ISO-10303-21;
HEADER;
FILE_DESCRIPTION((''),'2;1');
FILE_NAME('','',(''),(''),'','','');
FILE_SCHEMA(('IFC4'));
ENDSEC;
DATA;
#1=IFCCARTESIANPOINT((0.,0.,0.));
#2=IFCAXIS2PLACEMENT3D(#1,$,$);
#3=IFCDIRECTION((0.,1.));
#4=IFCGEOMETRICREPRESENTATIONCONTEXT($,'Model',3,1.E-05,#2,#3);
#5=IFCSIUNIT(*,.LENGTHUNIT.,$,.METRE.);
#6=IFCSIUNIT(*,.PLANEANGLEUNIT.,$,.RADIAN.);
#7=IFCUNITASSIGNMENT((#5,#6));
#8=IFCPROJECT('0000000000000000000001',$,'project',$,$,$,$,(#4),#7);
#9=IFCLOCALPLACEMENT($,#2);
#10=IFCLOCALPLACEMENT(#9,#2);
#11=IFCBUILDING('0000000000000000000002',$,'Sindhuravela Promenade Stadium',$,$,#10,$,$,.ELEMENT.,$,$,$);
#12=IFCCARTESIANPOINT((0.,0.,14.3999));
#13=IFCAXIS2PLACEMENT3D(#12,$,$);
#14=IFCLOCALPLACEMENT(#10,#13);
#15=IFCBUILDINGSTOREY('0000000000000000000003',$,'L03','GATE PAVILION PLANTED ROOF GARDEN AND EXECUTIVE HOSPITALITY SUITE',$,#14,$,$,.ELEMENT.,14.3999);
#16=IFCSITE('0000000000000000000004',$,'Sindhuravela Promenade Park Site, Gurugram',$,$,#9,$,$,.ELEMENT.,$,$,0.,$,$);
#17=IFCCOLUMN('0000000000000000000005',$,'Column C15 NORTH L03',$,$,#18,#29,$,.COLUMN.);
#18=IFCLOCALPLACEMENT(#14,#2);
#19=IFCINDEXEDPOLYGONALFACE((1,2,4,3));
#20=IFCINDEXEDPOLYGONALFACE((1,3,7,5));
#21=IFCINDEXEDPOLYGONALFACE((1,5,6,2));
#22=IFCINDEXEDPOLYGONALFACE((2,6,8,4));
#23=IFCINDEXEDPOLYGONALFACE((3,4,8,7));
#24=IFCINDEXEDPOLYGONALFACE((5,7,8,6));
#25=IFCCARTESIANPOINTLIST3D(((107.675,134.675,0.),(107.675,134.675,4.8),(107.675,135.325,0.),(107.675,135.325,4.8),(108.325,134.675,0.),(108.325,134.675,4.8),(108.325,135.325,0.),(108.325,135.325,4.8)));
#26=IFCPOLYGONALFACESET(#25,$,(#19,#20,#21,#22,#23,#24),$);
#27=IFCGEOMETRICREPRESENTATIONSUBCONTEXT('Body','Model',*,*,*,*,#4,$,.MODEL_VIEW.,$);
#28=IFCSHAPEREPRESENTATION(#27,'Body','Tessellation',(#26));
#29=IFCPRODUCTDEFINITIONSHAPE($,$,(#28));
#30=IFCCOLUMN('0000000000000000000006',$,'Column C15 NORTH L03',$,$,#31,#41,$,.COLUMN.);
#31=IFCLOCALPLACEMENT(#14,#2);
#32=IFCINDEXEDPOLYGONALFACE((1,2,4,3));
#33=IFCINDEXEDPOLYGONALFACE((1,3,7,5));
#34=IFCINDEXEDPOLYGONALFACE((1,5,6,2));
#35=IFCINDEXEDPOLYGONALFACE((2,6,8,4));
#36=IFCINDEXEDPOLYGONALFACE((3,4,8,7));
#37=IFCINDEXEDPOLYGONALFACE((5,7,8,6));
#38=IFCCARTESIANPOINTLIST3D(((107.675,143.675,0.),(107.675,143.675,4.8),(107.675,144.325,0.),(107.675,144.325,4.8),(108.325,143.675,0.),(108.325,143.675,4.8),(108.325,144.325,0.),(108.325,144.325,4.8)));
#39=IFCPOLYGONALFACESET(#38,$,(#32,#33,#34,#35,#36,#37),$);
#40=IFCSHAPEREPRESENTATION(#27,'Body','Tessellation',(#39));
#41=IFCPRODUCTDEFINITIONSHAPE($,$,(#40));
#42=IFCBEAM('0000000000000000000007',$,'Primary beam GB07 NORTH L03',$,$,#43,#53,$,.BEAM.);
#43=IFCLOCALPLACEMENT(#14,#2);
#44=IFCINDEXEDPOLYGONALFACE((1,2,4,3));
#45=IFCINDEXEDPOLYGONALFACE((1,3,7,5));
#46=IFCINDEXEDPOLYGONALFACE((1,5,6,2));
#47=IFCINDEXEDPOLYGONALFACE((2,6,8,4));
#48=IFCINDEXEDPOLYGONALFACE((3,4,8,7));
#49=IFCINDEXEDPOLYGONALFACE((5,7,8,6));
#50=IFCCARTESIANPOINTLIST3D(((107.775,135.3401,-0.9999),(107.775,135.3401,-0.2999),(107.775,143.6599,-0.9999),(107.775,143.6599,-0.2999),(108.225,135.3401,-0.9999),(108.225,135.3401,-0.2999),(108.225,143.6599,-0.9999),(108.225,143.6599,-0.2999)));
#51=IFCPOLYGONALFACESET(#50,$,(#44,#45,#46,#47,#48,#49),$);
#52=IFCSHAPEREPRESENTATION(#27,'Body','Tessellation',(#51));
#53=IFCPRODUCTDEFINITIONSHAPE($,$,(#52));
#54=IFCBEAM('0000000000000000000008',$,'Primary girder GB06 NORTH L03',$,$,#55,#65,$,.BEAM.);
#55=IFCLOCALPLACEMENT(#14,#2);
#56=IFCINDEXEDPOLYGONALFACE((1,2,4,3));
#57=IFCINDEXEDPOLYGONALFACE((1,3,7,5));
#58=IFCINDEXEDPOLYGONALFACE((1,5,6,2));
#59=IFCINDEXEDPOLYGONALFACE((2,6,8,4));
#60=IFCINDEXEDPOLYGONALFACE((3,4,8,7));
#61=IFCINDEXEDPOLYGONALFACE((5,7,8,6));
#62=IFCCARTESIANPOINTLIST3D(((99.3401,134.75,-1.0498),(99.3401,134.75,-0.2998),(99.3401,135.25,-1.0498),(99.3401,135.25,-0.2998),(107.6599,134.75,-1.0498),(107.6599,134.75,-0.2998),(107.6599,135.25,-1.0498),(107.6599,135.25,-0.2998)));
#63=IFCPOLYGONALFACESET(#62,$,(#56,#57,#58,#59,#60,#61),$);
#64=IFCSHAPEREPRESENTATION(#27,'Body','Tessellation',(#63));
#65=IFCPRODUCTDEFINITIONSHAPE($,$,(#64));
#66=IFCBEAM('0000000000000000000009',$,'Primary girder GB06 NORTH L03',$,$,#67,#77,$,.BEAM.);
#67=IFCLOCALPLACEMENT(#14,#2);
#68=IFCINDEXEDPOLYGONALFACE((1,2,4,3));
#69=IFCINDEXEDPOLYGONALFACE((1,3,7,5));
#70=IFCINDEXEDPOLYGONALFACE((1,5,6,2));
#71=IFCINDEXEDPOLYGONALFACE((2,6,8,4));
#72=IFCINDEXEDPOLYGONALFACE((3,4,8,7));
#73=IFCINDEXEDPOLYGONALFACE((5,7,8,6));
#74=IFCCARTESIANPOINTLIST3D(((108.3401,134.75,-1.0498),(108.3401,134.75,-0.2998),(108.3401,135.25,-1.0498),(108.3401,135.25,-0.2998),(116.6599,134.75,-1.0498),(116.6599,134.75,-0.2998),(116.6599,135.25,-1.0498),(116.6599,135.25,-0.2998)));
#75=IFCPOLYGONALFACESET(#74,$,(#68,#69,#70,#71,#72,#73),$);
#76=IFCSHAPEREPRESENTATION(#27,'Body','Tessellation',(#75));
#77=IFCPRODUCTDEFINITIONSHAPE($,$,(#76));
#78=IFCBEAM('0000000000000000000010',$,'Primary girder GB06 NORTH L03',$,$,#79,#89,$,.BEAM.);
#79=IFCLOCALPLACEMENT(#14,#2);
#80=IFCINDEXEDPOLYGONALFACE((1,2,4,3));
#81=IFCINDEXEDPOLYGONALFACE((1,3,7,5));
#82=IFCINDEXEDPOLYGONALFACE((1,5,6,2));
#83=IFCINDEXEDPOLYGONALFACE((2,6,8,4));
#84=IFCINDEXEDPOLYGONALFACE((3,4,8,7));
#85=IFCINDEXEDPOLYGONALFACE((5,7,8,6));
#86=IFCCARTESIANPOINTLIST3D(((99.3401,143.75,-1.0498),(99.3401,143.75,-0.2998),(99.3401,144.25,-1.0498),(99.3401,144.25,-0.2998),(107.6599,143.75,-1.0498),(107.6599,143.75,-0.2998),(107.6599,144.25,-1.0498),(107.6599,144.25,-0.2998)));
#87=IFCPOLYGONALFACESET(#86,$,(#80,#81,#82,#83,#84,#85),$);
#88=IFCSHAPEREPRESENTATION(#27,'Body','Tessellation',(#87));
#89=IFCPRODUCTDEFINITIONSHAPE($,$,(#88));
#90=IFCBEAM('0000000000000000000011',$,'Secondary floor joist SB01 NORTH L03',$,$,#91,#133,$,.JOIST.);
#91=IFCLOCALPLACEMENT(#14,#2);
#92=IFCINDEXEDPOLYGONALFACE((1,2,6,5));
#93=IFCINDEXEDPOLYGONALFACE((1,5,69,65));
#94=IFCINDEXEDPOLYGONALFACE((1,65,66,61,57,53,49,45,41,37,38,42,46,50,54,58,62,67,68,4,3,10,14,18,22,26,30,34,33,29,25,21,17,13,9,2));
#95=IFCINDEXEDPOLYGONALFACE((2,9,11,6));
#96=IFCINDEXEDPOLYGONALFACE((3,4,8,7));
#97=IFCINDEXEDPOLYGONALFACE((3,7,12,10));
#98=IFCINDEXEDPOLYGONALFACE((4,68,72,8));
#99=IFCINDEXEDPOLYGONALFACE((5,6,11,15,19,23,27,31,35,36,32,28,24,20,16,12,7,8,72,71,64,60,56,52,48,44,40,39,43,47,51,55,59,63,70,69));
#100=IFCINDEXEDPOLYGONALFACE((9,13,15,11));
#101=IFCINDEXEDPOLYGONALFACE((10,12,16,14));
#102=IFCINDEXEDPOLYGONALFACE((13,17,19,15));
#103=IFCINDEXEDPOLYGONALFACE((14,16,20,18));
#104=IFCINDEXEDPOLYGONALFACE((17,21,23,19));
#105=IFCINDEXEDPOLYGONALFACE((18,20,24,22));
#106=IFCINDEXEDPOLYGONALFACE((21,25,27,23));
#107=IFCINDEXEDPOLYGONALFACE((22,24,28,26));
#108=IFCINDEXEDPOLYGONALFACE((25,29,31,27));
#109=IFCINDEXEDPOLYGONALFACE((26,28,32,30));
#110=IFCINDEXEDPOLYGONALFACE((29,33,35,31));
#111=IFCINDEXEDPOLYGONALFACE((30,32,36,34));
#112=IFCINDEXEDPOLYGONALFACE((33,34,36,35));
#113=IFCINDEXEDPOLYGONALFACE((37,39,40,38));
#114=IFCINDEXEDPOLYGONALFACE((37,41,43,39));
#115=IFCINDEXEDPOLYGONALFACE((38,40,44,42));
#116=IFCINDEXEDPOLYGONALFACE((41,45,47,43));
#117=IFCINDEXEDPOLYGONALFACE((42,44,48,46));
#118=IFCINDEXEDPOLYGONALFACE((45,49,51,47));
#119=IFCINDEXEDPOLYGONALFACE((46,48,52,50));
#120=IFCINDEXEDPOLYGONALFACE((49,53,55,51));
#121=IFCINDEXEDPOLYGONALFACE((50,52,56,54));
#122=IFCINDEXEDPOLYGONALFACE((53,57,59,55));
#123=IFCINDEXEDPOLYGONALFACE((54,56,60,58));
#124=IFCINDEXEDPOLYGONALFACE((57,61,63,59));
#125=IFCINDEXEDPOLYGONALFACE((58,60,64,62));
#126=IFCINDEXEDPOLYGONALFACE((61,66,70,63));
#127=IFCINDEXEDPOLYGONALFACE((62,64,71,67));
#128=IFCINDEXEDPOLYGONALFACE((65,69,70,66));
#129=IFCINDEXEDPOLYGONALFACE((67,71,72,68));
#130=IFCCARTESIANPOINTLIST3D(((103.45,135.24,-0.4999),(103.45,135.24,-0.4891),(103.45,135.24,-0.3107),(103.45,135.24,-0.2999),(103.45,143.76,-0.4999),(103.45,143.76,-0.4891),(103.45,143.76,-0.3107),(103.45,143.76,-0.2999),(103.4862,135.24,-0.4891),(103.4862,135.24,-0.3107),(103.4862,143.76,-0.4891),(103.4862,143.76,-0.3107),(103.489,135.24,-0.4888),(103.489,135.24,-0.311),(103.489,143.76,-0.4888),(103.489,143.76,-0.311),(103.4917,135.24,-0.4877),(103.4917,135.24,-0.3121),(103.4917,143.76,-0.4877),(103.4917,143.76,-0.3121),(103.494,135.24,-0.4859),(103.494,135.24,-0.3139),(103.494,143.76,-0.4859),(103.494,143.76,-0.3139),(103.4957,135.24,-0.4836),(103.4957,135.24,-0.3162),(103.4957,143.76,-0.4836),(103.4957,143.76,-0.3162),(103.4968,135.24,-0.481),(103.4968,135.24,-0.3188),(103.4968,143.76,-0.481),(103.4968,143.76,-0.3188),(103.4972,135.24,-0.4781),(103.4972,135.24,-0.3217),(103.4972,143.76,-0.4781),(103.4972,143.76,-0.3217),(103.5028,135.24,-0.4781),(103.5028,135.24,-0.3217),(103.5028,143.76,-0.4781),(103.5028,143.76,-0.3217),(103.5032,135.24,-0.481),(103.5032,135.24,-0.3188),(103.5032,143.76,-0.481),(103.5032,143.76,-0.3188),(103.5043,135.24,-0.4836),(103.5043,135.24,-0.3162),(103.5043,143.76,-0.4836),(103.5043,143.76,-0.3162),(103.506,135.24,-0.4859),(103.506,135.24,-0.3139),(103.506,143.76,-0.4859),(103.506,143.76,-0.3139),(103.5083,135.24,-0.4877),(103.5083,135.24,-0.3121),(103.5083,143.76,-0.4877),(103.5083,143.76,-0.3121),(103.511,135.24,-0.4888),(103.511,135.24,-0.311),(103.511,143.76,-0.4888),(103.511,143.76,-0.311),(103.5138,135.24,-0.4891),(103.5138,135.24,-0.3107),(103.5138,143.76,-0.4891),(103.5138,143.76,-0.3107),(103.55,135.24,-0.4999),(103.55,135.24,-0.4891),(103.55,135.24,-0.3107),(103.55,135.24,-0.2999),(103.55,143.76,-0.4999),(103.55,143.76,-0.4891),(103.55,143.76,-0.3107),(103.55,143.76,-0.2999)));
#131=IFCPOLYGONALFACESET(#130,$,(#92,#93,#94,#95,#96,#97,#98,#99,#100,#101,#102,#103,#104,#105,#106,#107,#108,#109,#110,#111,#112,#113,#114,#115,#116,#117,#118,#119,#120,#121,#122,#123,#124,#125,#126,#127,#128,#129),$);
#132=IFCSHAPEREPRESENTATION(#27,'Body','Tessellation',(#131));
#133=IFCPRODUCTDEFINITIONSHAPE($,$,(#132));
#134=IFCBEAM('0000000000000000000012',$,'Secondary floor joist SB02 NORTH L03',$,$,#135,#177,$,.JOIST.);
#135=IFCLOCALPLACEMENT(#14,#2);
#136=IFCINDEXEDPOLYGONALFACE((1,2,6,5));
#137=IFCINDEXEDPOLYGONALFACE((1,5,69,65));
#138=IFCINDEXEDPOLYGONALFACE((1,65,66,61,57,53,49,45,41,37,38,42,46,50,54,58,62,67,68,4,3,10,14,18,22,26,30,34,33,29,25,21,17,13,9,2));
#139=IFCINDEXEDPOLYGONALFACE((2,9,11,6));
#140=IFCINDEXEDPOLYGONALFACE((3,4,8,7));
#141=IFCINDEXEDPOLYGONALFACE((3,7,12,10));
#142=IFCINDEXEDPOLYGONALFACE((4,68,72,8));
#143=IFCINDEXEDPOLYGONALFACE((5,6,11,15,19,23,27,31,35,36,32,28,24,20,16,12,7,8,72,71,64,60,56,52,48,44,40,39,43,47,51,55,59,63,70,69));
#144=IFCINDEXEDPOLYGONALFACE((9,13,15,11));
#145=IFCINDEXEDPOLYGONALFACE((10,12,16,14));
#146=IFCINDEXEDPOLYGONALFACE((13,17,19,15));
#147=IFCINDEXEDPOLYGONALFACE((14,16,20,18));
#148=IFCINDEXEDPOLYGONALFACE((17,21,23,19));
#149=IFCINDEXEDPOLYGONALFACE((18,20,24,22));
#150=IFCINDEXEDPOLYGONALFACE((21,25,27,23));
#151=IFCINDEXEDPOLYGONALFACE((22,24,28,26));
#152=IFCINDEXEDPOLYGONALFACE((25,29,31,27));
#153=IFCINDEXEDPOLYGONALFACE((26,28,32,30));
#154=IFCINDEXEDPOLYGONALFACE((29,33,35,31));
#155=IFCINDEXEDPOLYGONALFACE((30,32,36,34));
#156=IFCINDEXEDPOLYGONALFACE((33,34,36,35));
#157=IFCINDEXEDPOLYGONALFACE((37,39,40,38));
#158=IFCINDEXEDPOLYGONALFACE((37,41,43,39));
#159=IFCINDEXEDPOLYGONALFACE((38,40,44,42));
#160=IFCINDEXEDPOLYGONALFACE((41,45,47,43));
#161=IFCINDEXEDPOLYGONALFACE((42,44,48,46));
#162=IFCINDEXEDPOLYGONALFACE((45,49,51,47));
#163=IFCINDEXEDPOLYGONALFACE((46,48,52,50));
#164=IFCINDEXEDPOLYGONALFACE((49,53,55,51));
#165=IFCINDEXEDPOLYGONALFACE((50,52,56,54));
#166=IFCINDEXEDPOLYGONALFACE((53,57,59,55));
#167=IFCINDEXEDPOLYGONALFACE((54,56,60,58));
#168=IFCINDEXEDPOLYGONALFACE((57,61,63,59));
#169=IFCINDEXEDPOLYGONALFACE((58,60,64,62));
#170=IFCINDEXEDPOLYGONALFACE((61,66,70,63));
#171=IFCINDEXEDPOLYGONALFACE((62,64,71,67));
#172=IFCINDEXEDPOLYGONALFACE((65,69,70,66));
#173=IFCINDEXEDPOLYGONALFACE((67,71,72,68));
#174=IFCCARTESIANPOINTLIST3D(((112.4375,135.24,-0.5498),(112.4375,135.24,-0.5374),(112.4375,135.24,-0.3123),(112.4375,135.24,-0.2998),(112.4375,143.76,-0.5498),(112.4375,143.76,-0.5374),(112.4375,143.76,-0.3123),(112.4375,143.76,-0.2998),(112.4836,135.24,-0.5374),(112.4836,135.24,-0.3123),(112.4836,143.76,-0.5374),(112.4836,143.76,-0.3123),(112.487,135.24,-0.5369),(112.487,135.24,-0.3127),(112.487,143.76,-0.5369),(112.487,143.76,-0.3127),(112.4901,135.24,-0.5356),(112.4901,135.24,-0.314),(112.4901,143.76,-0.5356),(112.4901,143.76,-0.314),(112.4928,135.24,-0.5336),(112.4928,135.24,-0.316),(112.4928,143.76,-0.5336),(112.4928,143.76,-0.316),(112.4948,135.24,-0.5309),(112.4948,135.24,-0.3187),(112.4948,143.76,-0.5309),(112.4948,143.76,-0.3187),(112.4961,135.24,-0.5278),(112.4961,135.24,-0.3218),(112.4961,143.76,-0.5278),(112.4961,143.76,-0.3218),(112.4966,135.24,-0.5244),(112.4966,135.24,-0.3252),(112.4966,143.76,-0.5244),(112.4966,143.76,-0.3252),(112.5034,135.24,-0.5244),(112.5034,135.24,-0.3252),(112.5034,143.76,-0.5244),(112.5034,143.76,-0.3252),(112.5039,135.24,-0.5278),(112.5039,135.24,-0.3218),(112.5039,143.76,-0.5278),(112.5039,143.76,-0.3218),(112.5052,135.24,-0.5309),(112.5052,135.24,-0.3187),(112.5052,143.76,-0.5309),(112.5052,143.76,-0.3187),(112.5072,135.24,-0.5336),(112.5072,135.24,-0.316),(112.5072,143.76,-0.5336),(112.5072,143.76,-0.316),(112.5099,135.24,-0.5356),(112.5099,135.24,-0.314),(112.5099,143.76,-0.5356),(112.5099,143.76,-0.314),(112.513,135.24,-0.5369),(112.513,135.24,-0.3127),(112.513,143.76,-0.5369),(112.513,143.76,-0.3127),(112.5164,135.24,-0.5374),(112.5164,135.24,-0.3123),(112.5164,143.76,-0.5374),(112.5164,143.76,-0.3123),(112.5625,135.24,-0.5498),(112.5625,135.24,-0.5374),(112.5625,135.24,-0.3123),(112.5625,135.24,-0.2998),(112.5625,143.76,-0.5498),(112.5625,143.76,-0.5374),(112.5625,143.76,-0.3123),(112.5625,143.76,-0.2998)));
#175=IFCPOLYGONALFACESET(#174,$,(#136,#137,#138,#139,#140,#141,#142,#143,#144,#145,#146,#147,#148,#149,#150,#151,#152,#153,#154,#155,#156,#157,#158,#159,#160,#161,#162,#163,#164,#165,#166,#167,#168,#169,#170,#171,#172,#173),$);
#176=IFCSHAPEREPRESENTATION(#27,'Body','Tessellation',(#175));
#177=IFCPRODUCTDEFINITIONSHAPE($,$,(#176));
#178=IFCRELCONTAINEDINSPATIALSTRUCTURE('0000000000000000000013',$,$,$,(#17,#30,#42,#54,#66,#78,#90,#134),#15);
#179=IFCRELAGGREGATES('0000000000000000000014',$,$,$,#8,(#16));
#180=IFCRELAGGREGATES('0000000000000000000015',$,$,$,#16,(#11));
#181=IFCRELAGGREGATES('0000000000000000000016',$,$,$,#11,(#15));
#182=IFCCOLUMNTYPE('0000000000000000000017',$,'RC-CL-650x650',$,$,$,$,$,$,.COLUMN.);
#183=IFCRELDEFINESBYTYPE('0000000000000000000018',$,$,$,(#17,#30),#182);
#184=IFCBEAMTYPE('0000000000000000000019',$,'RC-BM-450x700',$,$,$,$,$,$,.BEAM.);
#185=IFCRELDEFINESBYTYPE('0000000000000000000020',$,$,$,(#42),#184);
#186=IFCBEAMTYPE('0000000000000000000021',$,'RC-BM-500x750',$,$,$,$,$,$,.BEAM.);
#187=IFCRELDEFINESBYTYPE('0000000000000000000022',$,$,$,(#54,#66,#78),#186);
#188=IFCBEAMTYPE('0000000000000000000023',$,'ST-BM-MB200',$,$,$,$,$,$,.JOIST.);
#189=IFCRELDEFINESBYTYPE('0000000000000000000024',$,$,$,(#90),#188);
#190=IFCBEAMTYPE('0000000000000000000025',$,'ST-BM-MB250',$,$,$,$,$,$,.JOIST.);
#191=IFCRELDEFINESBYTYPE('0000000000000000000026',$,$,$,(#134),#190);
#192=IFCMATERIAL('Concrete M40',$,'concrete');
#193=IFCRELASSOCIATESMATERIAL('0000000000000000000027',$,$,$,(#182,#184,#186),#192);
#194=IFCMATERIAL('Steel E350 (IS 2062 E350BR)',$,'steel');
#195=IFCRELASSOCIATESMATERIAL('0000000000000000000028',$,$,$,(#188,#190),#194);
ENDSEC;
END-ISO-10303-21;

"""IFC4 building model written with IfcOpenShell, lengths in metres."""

from ifc_helpers import new_model, si_unit, direction, frame, origin, origin_2d, place, context, subcontext, project, spatial, rectangle, i_section, extrude, material, material_profile, profile_set, type_object, element, save


model = new_model("IFC4")

# Units and contexts
model_context = context("Model", 3, precision=1e-05, world=origin(), true_north=direction((0.0, 1.0)))
body_context = subcontext(model_context, "Body", "Model", "MODEL_VIEW")
ifc_project = project(units=[si_unit("LENGTHUNIT", "METRE"), si_unit("PLANEANGLEUNIT", "RADIAN")], contexts=[model_context])

# Site, building, storey
site_placement = place(None, origin())
site = spatial("IfcSite", under=ifc_project, at=site_placement, Name="Sindhuravela Promenade Park Site, Gurugram", CompositionType="ELEMENT", RefElevation=0.0)
building_placement = place(site_placement, origin())
building = spatial("IfcBuilding", under=site, at=building_placement, Name="Sindhuravela Promenade Stadium", CompositionType="ELEMENT")
storey_placement = place(building_placement, frame((0.0, 0.0, 14.3999)))
storey = spatial("IfcBuildingStorey", under=building, at=storey_placement, Name="L03", Description="GATE PAVILION PLANTED ROOF GARDEN AND EXECUTIVE HOSPITALITY SUITE", CompositionType="ELEMENT", Elevation=14.3999)

# Columns
ifc_material_1 = material(Name="Concrete M40", Category="concrete")
ifc_material_profile_1 = material_profile(ifc_material_1, rectangle(XDim=0.6499, YDim=0.6499, at=origin_2d()), Name="RC 650x650")
ifc_profile_set_1 = profile_set([ifc_material_profile_1], Name="Concrete M40")
column_type = type_object("IfcColumnType", Name="RC-CL-650x650", PredefinedType="COLUMN", material=ifc_profile_set_1)
for number, where, z_axis, x_axis, name in (
    (1, (108.0, 135.0, 0.0), (0.0, 0.0, 1.0), (1.0, 0.0, 0.0), "Column C15 NORTH L03"),
    (2, (108.0, 144.0, 0.0), (0.0, 0.0, 1.0), (1.0, 0.0, 0.0), "Column C15 NORTH L03"),
):
    element("IfcColumn", number, at=place(storey_placement, frame(where, z_axis=z_axis, x_axis=x_axis)), inside=storey, type_object=column_type, Name=name, PredefinedType="COLUMN", context=body_context, shape_type="SweptSolid", body=[
        extrude(rectangle(XDim=0.6499, YDim=0.6499, at=origin_2d()), origin(), (0.0, 0.0, 1.0), 4.8),
    ])

# Beams
ifc_material_profile_2 = material_profile(ifc_material_1, rectangle(XDim=0.45, YDim=0.7, at=origin_2d()), Name="RC 450x700")
ifc_profile_set_2 = profile_set([ifc_material_profile_2], Name="Concrete M40")
beam_type_1 = type_object("IfcBeamType", Name="RC-BM-450x700", PredefinedType="BEAM", material=ifc_profile_set_2)
beam_1_placement = place(storey_placement, frame((108.0, 135.3401, -0.6499), z_axis=(0.0, 1.0, 0.0), x_axis=(-1.0, 0.0, 0.0)))
element("IfcBeam", 3, at=beam_1_placement, inside=storey, type_object=beam_type_1, Name="Primary beam GB07 NORTH L03", PredefinedType="BEAM", context=body_context, shape_type="SweptSolid", body=[
    extrude(rectangle(XDim=0.45, YDim=0.7, at=origin_2d()), origin(), (0.0, 0.0, 1.0), 8.3198),
])
ifc_material_profile_3 = material_profile(ifc_material_1, rectangle(XDim=0.5, YDim=0.75, at=origin_2d()), Name="RC 500x750")
ifc_profile_set_3 = profile_set([ifc_material_profile_3], Name="Concrete M40")
beam_type_2 = type_object("IfcBeamType", Name="RC-BM-500x750", PredefinedType="BEAM", material=ifc_profile_set_3)
for number, where, z_axis, x_axis, name in (
    (4, (99.3401, 135.0, -0.6748), (1.0, 0.0, 0.0), (0.0, 1.0, 0.0), "Primary girder GB06 NORTH L03"),
    (5, (108.3401, 135.0, -0.6748), (1.0, 0.0, 0.0), (0.0, 1.0, 0.0), "Primary girder GB06 NORTH L03"),
    (6, (99.3401, 144.0, -0.6748), (1.0, 0.0, 0.0), (0.0, 1.0, 0.0), "Primary girder GB06 NORTH L03"),
):
    element("IfcBeam", number, at=place(storey_placement, frame(where, z_axis=z_axis, x_axis=x_axis)), inside=storey, type_object=beam_type_2, Name=name, PredefinedType="BEAM", context=body_context, shape_type="SweptSolid", body=[
        extrude(rectangle(XDim=0.5, YDim=0.75, at=origin_2d()), origin(), (0.0, 0.0, 1.0), 8.3198),
    ])
ifc_material_2 = material(Name="Steel E350 (IS 2062 E350BR)", Category="steel")
ifc_material_profile_4 = material_profile(ifc_material_2, i_section(OverallWidth=0.1001, OverallDepth=0.2, WebThickness=0.0056, FlangeThickness=0.0107, FilletRadius=0.011, at=origin_2d()), Name="ISMB 200")
ifc_profile_set_4 = profile_set([ifc_material_profile_4], Name="Steel E350 (IS 2062 E350BR)")
beam_type_3 = type_object("IfcBeamType", Name="ST-BM-MB200", PredefinedType="JOIST", material=ifc_profile_set_4)
beam_2_placement = place(storey_placement, frame((103.5, 135.24, -0.3999), z_axis=(0.0, 1.0, 0.0), x_axis=(-1.0, 0.0, 0.0)))
element("IfcBeam", 7, at=beam_2_placement, inside=storey, type_object=beam_type_3, Name="Secondary floor joist SB01 NORTH L03", PredefinedType="JOIST", context=body_context, shape_type="SweptSolid", body=[
    extrude(i_section(OverallWidth=0.1001, OverallDepth=0.2, WebThickness=0.0056, FlangeThickness=0.0107, FilletRadius=0.011, at=origin_2d()), origin(), (0.0, 0.0, 1.0), 8.52),
])
ifc_material_profile_5 = material_profile(ifc_material_2, i_section(OverallWidth=0.125, OverallDepth=0.25, WebThickness=0.0068, FlangeThickness=0.0125, FilletRadius=0.0129, at=origin_2d()), Name="ISMB 250")
ifc_profile_set_5 = profile_set([ifc_material_profile_5], Name="Steel E350 (IS 2062 E350BR)")
beam_type_4 = type_object("IfcBeamType", Name="ST-BM-MB250", PredefinedType="JOIST", material=ifc_profile_set_5)
beam_3_placement = place(storey_placement, frame((112.5, 135.24, -0.4248), z_axis=(0.0, 1.0, 0.0), x_axis=(-1.0, 0.0, 0.0)))
element("IfcBeam", 8, at=beam_3_placement, inside=storey, type_object=beam_type_4, Name="Secondary floor joist SB02 NORTH L03", PredefinedType="JOIST", context=body_context, shape_type="SweptSolid", body=[
    extrude(i_section(OverallWidth=0.125, OverallDepth=0.25, WebThickness=0.0068, FlangeThickness=0.0125, FilletRadius=0.0129, at=origin_2d()), origin(), (0.0, 0.0, 1.0), 8.52),
])

save(model, "model.ifc")
